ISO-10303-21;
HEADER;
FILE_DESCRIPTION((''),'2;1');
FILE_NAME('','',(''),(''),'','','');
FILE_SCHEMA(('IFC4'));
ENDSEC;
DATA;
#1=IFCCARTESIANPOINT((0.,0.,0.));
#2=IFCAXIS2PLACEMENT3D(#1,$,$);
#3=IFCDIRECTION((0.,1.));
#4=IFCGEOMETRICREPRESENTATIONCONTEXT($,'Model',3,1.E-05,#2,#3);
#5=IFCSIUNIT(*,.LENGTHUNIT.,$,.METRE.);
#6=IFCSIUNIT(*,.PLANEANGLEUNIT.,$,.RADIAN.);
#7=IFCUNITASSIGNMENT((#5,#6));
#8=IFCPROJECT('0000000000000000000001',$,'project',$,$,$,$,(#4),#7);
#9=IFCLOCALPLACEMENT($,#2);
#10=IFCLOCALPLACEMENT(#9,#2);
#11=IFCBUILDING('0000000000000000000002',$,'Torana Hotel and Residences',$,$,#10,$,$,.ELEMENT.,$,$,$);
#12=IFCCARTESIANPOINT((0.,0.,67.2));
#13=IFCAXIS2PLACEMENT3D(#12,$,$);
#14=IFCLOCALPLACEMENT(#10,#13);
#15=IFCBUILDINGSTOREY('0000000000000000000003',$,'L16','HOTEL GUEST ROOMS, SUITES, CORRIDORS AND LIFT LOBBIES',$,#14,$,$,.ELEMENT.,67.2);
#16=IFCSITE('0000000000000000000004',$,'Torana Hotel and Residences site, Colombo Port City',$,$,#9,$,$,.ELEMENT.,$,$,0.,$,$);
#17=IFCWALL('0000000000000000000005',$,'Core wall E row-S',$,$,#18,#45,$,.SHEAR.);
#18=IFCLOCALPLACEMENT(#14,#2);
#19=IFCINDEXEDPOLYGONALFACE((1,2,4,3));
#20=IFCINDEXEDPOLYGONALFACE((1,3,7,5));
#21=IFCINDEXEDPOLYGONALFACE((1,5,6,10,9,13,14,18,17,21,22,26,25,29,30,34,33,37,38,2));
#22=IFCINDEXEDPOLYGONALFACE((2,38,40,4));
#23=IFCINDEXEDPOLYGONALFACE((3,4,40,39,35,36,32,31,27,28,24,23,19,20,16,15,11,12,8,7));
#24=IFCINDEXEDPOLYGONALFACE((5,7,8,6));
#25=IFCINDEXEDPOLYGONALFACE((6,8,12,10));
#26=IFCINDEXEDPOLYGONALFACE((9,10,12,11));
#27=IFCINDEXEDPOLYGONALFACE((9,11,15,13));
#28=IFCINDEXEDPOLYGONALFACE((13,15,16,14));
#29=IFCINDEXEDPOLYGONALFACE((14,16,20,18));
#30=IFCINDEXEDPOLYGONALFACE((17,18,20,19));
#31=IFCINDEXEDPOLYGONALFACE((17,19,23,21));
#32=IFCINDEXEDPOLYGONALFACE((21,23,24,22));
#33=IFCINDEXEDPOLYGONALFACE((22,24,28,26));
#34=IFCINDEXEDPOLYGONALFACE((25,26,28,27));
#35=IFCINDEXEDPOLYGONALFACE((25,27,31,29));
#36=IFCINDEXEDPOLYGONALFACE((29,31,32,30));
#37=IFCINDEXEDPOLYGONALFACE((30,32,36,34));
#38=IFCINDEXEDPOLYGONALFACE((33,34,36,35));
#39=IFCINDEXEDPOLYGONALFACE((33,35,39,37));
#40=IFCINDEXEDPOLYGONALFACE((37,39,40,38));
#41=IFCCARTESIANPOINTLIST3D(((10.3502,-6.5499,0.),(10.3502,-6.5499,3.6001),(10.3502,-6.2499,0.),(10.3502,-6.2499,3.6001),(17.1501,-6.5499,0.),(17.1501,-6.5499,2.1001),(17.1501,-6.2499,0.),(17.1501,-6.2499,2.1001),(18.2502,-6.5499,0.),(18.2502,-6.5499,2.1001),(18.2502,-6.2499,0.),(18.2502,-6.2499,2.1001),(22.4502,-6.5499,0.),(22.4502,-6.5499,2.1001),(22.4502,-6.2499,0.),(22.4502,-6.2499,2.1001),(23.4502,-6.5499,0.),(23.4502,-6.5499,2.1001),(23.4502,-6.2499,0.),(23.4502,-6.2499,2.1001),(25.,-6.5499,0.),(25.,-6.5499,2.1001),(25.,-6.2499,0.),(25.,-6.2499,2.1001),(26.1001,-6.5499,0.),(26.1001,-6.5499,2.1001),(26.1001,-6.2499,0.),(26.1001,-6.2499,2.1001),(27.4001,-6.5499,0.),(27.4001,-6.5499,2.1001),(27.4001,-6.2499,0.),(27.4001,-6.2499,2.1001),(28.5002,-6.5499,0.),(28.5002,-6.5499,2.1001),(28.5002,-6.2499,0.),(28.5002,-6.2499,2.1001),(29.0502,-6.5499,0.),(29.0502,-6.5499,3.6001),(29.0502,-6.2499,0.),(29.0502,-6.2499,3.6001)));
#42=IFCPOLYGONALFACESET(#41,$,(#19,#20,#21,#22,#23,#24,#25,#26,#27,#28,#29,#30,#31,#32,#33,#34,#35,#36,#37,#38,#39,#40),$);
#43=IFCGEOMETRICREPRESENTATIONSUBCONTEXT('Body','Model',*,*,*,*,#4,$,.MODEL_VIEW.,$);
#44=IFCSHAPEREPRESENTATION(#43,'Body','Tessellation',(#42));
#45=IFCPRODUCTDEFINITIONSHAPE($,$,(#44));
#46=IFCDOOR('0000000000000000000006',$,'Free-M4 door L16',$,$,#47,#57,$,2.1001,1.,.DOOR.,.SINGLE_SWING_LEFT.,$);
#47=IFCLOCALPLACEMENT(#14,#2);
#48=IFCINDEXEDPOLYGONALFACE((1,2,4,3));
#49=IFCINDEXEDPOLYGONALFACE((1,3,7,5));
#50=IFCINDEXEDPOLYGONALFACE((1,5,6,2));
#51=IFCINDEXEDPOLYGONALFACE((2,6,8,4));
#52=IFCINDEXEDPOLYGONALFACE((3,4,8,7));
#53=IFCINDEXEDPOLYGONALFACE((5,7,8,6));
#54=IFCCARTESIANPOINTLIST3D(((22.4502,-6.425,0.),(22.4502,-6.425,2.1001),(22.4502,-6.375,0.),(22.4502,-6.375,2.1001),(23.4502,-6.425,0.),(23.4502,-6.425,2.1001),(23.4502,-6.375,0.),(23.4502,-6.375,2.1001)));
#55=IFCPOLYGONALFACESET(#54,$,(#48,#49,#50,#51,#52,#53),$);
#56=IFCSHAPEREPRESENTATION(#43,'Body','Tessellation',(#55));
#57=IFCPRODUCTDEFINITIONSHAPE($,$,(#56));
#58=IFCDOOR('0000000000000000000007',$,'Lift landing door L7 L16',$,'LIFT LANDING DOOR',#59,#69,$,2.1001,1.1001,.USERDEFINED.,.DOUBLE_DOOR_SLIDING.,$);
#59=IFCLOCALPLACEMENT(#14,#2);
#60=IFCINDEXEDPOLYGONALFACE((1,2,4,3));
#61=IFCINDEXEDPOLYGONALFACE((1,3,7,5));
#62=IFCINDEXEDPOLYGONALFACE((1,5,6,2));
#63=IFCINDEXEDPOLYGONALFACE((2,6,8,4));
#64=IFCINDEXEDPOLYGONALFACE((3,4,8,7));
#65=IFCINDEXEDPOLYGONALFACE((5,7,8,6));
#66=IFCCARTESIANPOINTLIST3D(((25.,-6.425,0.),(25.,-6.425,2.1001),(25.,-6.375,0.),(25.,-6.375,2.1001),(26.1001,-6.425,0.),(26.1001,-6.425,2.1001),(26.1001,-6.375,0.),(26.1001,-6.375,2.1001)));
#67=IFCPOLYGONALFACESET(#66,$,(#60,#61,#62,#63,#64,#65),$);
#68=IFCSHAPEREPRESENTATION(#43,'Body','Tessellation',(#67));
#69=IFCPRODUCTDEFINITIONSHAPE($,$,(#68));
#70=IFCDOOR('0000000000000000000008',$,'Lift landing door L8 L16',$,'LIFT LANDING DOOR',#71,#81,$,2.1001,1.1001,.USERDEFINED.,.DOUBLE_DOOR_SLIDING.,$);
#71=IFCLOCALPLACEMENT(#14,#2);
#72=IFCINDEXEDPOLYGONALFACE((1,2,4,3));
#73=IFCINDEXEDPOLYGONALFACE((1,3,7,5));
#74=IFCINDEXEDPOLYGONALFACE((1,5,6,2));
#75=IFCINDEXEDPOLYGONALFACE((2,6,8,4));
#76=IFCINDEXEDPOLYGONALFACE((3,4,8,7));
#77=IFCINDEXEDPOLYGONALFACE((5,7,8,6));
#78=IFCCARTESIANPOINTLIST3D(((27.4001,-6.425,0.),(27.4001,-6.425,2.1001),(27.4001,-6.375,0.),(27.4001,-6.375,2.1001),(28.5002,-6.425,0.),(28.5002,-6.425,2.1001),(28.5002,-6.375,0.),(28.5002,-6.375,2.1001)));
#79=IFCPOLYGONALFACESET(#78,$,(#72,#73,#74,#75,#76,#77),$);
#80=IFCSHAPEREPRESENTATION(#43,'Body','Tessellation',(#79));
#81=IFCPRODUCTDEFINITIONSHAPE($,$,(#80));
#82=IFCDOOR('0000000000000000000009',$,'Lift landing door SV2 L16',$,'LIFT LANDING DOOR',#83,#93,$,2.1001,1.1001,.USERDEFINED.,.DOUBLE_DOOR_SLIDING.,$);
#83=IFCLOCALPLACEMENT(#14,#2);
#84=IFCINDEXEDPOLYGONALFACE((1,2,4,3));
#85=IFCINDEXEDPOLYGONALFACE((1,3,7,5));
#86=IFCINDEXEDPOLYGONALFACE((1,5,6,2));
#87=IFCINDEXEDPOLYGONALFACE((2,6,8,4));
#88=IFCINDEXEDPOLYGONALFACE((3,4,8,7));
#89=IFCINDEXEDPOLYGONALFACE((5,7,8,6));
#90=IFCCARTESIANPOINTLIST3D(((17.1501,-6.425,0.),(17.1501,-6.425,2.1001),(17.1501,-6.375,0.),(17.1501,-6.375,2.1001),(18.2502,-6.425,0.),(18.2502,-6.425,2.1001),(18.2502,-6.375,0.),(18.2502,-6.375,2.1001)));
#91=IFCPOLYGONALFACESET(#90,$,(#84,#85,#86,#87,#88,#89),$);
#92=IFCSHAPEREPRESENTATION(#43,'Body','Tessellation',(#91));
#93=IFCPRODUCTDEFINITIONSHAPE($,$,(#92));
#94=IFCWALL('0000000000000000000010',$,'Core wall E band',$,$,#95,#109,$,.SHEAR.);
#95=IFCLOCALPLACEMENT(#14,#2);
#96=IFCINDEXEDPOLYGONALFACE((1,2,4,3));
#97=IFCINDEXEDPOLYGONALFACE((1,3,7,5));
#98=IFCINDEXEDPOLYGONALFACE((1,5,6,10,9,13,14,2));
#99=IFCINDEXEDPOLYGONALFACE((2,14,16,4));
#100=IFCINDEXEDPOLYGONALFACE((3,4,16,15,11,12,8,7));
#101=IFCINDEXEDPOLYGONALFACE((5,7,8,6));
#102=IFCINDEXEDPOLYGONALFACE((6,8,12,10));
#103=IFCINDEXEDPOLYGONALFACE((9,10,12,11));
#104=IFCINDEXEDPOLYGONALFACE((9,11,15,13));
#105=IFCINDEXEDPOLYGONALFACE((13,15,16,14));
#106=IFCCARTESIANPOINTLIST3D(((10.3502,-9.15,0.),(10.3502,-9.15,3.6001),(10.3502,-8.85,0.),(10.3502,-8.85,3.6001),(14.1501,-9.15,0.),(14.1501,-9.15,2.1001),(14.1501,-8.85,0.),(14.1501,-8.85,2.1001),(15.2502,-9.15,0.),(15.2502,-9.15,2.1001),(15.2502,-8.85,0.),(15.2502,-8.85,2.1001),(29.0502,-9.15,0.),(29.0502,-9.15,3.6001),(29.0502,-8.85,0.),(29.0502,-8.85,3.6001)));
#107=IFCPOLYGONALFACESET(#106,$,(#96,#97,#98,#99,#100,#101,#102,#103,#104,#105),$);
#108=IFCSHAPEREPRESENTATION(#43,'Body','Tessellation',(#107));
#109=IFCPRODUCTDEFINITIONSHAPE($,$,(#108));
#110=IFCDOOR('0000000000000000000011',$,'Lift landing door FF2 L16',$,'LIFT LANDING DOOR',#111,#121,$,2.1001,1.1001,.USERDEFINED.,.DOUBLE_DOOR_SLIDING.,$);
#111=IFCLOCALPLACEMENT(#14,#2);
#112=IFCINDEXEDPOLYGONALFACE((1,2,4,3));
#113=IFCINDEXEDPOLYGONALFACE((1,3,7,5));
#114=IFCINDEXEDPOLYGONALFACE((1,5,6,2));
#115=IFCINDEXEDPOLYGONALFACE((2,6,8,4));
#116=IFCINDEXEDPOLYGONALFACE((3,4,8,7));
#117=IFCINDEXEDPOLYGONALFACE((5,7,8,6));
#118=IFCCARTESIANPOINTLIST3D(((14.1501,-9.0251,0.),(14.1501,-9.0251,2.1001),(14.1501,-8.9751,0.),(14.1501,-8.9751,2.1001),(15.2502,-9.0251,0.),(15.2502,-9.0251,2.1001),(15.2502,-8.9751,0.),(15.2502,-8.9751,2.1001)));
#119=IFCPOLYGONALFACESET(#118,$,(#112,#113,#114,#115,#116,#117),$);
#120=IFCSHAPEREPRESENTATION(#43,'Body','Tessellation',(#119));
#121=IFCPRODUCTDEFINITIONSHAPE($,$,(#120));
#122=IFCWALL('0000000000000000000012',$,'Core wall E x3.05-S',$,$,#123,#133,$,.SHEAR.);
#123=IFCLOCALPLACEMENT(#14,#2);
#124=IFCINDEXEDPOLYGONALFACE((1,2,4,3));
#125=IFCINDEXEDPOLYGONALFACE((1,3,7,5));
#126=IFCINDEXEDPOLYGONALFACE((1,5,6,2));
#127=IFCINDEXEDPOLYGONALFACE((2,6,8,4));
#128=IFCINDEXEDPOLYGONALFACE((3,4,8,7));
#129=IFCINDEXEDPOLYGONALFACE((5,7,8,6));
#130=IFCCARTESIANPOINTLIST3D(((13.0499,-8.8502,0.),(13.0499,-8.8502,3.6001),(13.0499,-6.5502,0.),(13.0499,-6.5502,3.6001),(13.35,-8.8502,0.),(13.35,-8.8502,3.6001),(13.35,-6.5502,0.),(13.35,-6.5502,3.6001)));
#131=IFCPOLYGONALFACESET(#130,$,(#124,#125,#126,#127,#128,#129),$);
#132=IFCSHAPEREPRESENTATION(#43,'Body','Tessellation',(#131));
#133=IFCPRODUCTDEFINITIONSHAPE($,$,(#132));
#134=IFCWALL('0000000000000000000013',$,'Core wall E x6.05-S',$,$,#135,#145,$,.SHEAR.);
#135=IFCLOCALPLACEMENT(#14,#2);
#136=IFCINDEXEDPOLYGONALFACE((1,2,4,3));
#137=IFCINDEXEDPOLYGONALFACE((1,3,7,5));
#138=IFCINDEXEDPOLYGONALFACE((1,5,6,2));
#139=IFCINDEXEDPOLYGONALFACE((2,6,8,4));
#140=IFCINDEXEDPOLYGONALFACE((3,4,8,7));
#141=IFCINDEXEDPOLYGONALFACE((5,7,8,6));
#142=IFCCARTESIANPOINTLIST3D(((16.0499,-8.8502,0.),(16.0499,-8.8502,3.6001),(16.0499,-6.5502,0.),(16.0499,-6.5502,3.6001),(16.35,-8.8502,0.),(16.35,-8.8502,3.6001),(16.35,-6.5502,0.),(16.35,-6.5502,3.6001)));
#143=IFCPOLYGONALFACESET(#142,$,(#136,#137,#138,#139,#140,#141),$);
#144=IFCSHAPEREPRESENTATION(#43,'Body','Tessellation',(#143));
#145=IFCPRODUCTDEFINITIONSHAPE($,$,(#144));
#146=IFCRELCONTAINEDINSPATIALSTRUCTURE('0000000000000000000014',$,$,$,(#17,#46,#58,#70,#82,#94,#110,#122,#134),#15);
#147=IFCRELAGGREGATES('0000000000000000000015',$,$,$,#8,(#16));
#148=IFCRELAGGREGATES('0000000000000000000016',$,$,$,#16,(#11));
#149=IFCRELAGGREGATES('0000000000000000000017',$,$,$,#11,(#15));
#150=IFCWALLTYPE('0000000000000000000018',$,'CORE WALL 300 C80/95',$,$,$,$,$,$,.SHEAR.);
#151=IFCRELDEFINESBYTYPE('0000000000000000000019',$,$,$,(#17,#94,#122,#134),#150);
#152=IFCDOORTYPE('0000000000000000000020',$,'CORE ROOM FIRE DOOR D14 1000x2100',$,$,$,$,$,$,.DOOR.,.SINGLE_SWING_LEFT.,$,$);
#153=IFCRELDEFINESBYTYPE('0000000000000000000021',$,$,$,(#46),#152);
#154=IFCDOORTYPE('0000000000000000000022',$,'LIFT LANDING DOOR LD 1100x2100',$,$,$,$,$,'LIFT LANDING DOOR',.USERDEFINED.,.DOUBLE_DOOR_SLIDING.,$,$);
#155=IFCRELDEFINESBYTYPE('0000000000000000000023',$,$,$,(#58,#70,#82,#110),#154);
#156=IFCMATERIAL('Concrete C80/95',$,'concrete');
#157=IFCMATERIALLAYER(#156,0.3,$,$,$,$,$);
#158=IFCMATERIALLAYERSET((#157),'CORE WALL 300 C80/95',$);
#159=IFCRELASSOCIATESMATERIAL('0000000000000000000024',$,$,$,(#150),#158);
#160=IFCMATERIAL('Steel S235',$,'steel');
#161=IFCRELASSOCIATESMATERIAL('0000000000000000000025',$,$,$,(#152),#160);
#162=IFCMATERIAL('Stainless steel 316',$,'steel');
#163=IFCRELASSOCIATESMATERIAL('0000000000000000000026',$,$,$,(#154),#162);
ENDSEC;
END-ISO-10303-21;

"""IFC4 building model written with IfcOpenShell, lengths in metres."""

from ifc_helpers import new_model, si_unit, direction, frame, frame_2d, origin, place, context, subcontext, project, spatial, rectangle, extrude, material, layer, layer_set, type_object, element, fill, save


model = new_model("IFC4")

# Units and contexts
model_context = context("Model", 3, precision=1e-05, world=origin(), true_north=direction((0.0, 1.0)))
body_context = subcontext(model_context, "Body", "Model", "MODEL_VIEW")
ifc_project = project(units=[si_unit("LENGTHUNIT", "METRE"), si_unit("PLANEANGLEUNIT", "RADIAN")], contexts=[model_context])

# Site, building, storey
site_placement = place(None, origin())
site = spatial("IfcSite", under=ifc_project, at=site_placement, Name="Torana Hotel and Residences site, Colombo Port City", CompositionType="ELEMENT", RefElevation=0.0)
building_placement = place(site_placement, origin())
building = spatial("IfcBuilding", under=site, at=building_placement, Name="Torana Hotel and Residences", CompositionType="ELEMENT")
storey_placement = place(building_placement, frame((0.0, 0.0, 67.2)))
storey = spatial("IfcBuildingStorey", under=building, at=storey_placement, Name="L16", Description="HOTEL GUEST ROOMS, SUITES, CORRIDORS AND LIFT LOBBIES", CompositionType="ELEMENT", Elevation=67.2)

# Wall, openings, doors
ifc_material_1 = material(Name="Concrete C80/95", Category="concrete")
ifc_layer = layer(ifc_material_1, 0.3)
ifc_layer_set = layer_set([ifc_layer], Name="CORE WALL 300 C80/95")
wall_type = type_object("IfcWallType", Name="CORE WALL 300 C80/95", PredefinedType="SHEAR", material=ifc_layer_set)
ifc_material_2 = material(Name="Steel S235", Category="steel")
door_type_1 = type_object("IfcDoorType", Name="CORE ROOM FIRE DOOR D14 1000x2100", OperationType="SINGLE_SWING_LEFT", PredefinedType="DOOR", material=ifc_material_2)
ifc_material_3 = material(Name="Stainless steel 316", Category="steel")
door_type_2 = type_object("IfcDoorType", Name="LIFT LANDING DOOR LD 1100x2100", ElementType="LIFT LANDING DOOR", OperationType="DOUBLE_DOOR_SLIDING", PredefinedType="USERDEFINED", material=ifc_material_3)
wall_1_placement = place(storey_placement, frame((10.3501, -6.3999, 0.0), z_axis=(0.0, 0.0, 1.0), x_axis=(1.0, 0.0, 0.0)))
wall_1 = element("IfcWall", 1, at=wall_1_placement, inside=storey, type_object=wall_type, Name="Core wall E row-S", PredefinedType="SHEAR", context=body_context, shape_type="SweptSolid", body=[
    extrude(rectangle(XDim=18.7, YDim=0.3, at=frame_2d((9.3501, 0.0))), origin(), (0.0, 0.0, 1.0), 3.6001),
])
opening_1_placement = place(wall_1_placement, frame((14.6499, 0.0, 0.0)))
opening_1 = element("IfcOpeningElement", 2, at=opening_1_placement, cuts=wall_1, PredefinedType="OPENING", context=body_context, shape_type="SweptSolid", body=[
    extrude(rectangle(XDim=1.1001, YDim=2.1001, at=frame_2d((0.55, 1.05))), frame((0.0, 0.1599, 0.0), z_axis=(0.0, -1.0, 0.0), x_axis=(1.0, 0.0, 0.0)), (0.0, 0.0, 1.0), 0.3201),
])
opening_2_placement = place(wall_1_placement, frame((17.05, 0.0, 0.0)))
opening_2 = element("IfcOpeningElement", 3, at=opening_2_placement, cuts=wall_1, PredefinedType="OPENING", context=body_context, shape_type="SweptSolid", body=[
    extrude(rectangle(XDim=1.1001, YDim=2.1001, at=frame_2d((0.55, 1.05))), frame((0.0, 0.1599, 0.0), z_axis=(0.0, -1.0, 0.0), x_axis=(1.0, 0.0, 0.0)), (0.0, 0.0, 1.0), 0.3201),
])
opening_3_placement = place(wall_1_placement, frame((6.8, 0.0, 0.0)))
opening_3 = element("IfcOpeningElement", 4, at=opening_3_placement, cuts=wall_1, PredefinedType="OPENING", context=body_context, shape_type="SweptSolid", body=[
    extrude(rectangle(XDim=1.1001, YDim=2.1001, at=frame_2d((0.55, 1.05))), frame((0.0, 0.1599, 0.0), z_axis=(0.0, -1.0, 0.0), x_axis=(1.0, 0.0, 0.0)), (0.0, 0.0, 1.0), 0.3201),
])
opening_4_placement = place(wall_1_placement, frame((12.1001, 0.0, 0.0)))
opening_4 = element("IfcOpeningElement", 5, at=opening_4_placement, cuts=wall_1, PredefinedType="OPENING", context=body_context, shape_type="SweptSolid", body=[
    extrude(rectangle(XDim=1.0, YDim=2.1001, at=frame_2d((0.5, 1.05))), frame((0.0, 0.1599, 0.0), z_axis=(0.0, -1.0, 0.0), x_axis=(1.0, 0.0, 0.0)), (0.0, 0.0, 1.0), 0.3201),
])
door_1_placement = place(opening_4_placement, frame((0.5, 0.0, 0.0), z_axis=(0.0, 0.0, 1.0), x_axis=(-1.0, 0.0, 0.0)))
door_1 = element("IfcDoor", 6, at=door_1_placement, inside=storey, type_object=door_type_1, Name="Free-M4 door L16", OperationType="SINGLE_SWING_LEFT", OverallHeight=2.1001, OverallWidth=1.0, PredefinedType="DOOR", context=body_context, shape_type="SweptSolid", body=[
    extrude(rectangle(XDim=1.0, YDim=2.1001, at=frame_2d((0.0, 1.05))), frame((0.0, -0.0249, 0.0), z_axis=(0.0, 1.0, 0.0), x_axis=(-1.0, 0.0, 0.0)), (0.0, 0.0, 1.0), 0.05),
])
fill(opening_4, door_1)
door_2_placement = place(opening_1_placement, origin())
door_2 = element("IfcDoor", 7, at=door_2_placement, inside=storey, type_object=door_type_2, Name="Lift landing door L7 L16", ObjectType="LIFT LANDING DOOR", OperationType="DOUBLE_DOOR_SLIDING", OverallHeight=2.1001, OverallWidth=1.1001, PredefinedType="USERDEFINED", context=body_context, shape_type="SweptSolid", body=[
    extrude(rectangle(XDim=1.1001, YDim=2.1001, at=frame_2d((0.55, 1.05))), frame((0.0, 0.0249, 0.0), z_axis=(0.0, -1.0, 0.0), x_axis=(1.0, 0.0, 0.0)), (0.0, 0.0, 1.0), 0.05),
])
fill(opening_1, door_2)
door_3_placement = place(opening_2_placement, origin())
door_3 = element("IfcDoor", 8, at=door_3_placement, inside=storey, type_object=door_type_2, Name="Lift landing door L8 L16", ObjectType="LIFT LANDING DOOR", OperationType="DOUBLE_DOOR_SLIDING", OverallHeight=2.1001, OverallWidth=1.1001, PredefinedType="USERDEFINED", context=body_context, shape_type="SweptSolid", body=[
    extrude(rectangle(XDim=1.1001, YDim=2.1001, at=frame_2d((0.55, 1.05))), frame((0.0, 0.0249, 0.0), z_axis=(0.0, -1.0, 0.0), x_axis=(1.0, 0.0, 0.0)), (0.0, 0.0, 1.0), 0.05),
])
fill(opening_2, door_3)
door_4_placement = place(opening_3_placement, origin())
door_4 = element("IfcDoor", 9, at=door_4_placement, inside=storey, type_object=door_type_2, Name="Lift landing door SV2 L16", ObjectType="LIFT LANDING DOOR", OperationType="DOUBLE_DOOR_SLIDING", OverallHeight=2.1001, OverallWidth=1.1001, PredefinedType="USERDEFINED", context=body_context, shape_type="SweptSolid", body=[
    extrude(rectangle(XDim=1.1001, YDim=2.1001, at=frame_2d((0.55, 1.05))), frame((0.0, 0.0249, 0.0), z_axis=(0.0, -1.0, 0.0), x_axis=(1.0, 0.0, 0.0)), (0.0, 0.0, 1.0), 0.05),
])
fill(opening_3, door_4)

# Wall, opening, door
wall_2_placement = place(storey_placement, frame((10.3501, -9.0, 0.0), z_axis=(0.0, 0.0, 1.0), x_axis=(1.0, 0.0, 0.0)))
wall_2 = element("IfcWall", 10, at=wall_2_placement, inside=storey, type_object=wall_type, Name="Core wall E band", PredefinedType="SHEAR", context=body_context, shape_type="SweptSolid", body=[
    extrude(rectangle(XDim=18.7, YDim=0.3, at=frame_2d((9.3501, 0.0))), origin(), (0.0, 0.0, 1.0), 3.6001),
])
opening_5_placement = place(wall_2_placement, frame((3.8, 0.0, 0.0)))
opening_5 = element("IfcOpeningElement", 11, at=opening_5_placement, cuts=wall_2, PredefinedType="OPENING", context=body_context, shape_type="SweptSolid", body=[
    extrude(rectangle(XDim=1.1001, YDim=2.1001, at=frame_2d((0.55, 1.05))), frame((0.0, 0.1599, 0.0), z_axis=(0.0, -1.0, 0.0), x_axis=(1.0, 0.0, 0.0)), (0.0, 0.0, 1.0), 0.3201),
])
door_5_placement = place(opening_5_placement, origin())
door_5 = element("IfcDoor", 12, at=door_5_placement, inside=storey, type_object=door_type_2, Name="Lift landing door FF2 L16", ObjectType="LIFT LANDING DOOR", OperationType="DOUBLE_DOOR_SLIDING", OverallHeight=2.1001, OverallWidth=1.1001, PredefinedType="USERDEFINED", context=body_context, shape_type="SweptSolid", body=[
    extrude(rectangle(XDim=1.1001, YDim=2.1001, at=frame_2d((0.55, 1.05))), frame((0.0, 0.0249, 0.0), z_axis=(0.0, -1.0, 0.0), x_axis=(1.0, 0.0, 0.0)), (0.0, 0.0, 1.0), 0.05),
])
fill(opening_5, door_5)

# Walls
for number, where, z_axis, x_axis, name in (
    (13, (13.2, -8.8501, 0.0), (0.0, 0.0, 1.0), (0.0, 1.0, 0.0), "Core wall E x3.05-S"),
    (14, (16.2, -8.8501, 0.0), (0.0, 0.0, 1.0), (0.0, 1.0, 0.0), "Core wall E x6.05-S"),
):
    element("IfcWall", number, at=place(storey_placement, frame(where, z_axis=z_axis, x_axis=x_axis)), inside=storey, type_object=wall_type, Name=name, PredefinedType="SHEAR", context=body_context, shape_type="SweptSolid", body=[
        extrude(rectangle(XDim=2.3, YDim=0.3, at=frame_2d((1.1499, 0.0))), origin(), (0.0, 0.0, 1.0), 3.6001),
    ])

save(model, "model.ifc")
